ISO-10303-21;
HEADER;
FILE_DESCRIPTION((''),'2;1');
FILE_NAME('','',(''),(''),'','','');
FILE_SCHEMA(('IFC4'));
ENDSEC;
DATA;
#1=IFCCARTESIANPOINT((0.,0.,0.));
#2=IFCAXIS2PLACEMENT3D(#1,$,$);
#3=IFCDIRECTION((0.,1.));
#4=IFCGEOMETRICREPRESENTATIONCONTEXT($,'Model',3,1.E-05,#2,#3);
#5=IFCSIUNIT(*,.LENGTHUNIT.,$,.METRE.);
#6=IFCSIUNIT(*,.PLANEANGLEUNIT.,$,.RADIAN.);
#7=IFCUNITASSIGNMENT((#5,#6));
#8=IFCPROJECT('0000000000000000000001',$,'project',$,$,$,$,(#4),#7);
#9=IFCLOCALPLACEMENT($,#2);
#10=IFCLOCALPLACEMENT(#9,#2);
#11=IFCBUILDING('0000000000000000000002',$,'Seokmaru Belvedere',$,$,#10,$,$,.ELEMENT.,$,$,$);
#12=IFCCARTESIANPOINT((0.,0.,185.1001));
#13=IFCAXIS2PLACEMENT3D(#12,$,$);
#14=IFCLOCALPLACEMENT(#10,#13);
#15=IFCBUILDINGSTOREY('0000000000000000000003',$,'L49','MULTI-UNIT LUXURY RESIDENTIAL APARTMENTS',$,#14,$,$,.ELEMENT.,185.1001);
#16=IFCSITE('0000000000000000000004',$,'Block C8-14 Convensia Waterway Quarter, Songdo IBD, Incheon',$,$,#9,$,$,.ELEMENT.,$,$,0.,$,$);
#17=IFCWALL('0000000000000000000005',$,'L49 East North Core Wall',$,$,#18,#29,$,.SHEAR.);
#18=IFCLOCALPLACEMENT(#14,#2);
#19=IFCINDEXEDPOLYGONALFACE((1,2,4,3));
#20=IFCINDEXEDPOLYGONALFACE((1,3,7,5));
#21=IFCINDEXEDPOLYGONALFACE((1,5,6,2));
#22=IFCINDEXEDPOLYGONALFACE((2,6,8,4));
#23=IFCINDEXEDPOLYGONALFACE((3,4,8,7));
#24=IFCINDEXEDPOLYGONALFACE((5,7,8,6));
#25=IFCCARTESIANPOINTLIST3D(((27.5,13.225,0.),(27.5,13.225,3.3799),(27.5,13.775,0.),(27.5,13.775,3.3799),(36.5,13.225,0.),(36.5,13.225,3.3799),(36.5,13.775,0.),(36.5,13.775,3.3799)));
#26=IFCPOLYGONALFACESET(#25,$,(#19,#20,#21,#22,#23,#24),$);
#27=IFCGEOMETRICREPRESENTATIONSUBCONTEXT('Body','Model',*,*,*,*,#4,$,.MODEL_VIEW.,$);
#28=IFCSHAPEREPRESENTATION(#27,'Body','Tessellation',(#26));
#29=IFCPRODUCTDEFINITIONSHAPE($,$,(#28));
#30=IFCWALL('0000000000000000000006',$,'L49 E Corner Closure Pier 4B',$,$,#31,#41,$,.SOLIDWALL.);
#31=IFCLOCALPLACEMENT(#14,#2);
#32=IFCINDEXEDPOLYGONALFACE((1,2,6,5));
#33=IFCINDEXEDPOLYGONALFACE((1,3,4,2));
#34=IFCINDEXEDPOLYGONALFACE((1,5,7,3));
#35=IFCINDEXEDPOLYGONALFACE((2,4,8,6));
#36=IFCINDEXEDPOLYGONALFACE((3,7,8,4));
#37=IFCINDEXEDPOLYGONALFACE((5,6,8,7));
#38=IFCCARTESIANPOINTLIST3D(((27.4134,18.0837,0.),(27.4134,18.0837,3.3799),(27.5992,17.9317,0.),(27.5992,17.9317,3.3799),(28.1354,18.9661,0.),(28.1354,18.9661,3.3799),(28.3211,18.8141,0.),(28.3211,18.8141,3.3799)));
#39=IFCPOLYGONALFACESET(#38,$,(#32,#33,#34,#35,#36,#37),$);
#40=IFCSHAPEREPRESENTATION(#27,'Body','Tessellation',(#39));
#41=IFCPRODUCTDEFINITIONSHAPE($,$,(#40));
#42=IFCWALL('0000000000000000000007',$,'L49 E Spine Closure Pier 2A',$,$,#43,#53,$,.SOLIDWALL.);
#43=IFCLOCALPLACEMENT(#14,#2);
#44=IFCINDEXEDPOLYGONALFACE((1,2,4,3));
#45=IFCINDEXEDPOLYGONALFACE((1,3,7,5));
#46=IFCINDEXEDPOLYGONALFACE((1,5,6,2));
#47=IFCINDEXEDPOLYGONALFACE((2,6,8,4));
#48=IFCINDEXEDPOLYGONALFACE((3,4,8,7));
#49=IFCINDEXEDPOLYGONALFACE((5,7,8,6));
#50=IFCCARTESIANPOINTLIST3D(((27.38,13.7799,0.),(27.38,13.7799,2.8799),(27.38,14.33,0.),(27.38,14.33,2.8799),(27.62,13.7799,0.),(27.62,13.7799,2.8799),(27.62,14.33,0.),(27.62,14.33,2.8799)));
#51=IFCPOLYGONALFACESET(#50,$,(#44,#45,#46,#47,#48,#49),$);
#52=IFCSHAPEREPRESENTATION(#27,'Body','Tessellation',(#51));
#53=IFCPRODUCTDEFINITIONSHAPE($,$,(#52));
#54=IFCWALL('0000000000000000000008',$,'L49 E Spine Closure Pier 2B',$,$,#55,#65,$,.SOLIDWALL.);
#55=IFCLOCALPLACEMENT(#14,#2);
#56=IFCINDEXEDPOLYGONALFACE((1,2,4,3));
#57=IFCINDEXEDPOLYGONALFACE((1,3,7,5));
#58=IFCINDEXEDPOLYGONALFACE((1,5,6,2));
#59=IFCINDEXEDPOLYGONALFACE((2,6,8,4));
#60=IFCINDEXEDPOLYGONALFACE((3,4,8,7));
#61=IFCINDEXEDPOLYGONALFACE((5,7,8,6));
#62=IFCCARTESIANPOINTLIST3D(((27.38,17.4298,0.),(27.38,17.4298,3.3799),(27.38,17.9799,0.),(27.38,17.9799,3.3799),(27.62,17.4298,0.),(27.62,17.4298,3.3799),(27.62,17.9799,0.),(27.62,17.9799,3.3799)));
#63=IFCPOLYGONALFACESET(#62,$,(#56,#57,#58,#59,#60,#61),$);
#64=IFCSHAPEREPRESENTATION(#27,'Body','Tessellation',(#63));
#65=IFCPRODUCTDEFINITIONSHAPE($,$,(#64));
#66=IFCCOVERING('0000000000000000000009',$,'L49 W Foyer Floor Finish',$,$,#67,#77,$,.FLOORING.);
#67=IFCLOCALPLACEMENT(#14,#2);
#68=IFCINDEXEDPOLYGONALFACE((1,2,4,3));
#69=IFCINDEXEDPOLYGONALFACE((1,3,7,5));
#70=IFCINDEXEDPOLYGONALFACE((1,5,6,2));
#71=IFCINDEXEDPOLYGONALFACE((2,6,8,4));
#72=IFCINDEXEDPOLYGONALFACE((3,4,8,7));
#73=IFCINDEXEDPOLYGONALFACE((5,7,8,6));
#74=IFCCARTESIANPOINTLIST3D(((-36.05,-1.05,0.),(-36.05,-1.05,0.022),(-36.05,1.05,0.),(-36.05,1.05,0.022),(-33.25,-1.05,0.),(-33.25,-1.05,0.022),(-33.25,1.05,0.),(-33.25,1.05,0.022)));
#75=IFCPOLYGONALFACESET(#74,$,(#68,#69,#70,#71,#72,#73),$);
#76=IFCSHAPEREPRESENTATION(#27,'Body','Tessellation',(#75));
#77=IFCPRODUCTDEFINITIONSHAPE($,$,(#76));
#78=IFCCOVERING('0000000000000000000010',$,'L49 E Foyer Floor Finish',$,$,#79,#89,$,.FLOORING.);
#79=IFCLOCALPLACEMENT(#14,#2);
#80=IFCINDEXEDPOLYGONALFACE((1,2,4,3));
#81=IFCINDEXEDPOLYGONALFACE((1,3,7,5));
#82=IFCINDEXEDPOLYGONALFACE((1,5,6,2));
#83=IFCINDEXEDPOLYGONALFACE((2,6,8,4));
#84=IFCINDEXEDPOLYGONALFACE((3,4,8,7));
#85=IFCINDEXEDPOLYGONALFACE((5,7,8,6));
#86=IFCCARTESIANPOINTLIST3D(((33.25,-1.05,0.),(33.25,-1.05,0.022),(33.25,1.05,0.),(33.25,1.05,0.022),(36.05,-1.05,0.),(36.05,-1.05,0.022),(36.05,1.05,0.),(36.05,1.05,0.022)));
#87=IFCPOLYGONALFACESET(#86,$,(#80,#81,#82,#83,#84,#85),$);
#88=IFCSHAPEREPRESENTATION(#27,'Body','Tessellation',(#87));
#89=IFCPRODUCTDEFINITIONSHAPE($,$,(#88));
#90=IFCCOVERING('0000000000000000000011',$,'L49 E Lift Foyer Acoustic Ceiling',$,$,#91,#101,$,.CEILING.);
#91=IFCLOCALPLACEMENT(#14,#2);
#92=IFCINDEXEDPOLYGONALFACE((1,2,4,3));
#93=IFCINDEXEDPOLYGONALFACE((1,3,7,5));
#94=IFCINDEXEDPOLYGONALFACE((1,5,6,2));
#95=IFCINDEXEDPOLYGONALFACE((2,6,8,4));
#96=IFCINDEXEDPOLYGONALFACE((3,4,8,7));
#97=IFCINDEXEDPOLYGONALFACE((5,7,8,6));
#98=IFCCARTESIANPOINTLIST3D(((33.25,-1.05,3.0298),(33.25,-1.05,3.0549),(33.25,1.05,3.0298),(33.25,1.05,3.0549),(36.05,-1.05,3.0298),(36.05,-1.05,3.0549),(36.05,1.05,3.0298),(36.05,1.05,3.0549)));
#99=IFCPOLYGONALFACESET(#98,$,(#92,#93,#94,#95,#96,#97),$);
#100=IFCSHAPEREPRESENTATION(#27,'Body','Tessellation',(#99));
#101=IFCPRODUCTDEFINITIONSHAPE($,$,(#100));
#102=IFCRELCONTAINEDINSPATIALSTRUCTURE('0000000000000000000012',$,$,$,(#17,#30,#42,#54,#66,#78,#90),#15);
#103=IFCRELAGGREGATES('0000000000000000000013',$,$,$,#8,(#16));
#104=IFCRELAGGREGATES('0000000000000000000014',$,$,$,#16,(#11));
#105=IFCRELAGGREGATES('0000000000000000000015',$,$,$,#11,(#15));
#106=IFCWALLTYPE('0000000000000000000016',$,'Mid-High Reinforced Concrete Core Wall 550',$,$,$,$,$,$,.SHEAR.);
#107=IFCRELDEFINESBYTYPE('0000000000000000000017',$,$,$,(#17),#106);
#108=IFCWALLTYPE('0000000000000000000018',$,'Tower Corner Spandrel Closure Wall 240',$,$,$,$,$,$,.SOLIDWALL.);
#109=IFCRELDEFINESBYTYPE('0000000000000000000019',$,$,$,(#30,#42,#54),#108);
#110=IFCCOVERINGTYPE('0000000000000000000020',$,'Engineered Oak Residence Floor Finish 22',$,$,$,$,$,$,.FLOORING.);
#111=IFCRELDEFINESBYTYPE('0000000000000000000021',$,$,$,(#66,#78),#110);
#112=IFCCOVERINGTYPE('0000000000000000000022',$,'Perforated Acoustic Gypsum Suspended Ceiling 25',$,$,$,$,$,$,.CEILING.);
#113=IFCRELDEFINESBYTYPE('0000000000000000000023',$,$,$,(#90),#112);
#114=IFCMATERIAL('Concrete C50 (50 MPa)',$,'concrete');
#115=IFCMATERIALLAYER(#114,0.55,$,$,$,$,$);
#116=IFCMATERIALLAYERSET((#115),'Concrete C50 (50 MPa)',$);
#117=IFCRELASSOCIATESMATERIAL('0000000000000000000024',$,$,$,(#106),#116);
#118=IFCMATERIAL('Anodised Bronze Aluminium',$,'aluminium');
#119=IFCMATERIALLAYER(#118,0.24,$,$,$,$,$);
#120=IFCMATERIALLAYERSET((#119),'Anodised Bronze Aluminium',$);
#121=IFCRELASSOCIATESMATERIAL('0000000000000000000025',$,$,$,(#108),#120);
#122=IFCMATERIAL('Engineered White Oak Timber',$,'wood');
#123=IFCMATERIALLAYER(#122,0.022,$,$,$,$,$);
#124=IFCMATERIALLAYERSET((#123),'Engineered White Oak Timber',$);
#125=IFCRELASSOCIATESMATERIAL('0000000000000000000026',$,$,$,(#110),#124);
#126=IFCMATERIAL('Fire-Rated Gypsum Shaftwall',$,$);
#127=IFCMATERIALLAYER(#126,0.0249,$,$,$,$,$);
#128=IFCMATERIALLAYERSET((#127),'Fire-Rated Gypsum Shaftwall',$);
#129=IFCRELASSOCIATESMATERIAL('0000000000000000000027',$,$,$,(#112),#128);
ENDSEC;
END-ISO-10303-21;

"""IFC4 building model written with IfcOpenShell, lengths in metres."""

from ifc_helpers import new_model, si_unit, direction, frame, frame_2d, origin, place, context, subcontext, project, spatial, polyline, rectangle, outline, extrude, material, layer, layer_set, type_object, element, save


model = new_model("IFC4")

# Units and contexts
model_context = context("Model", 3, precision=1e-05, world=origin(), true_north=direction((0.0, 1.0)))
body_context = subcontext(model_context, "Body", "Model", "MODEL_VIEW")
ifc_project = project(units=[si_unit("LENGTHUNIT", "METRE"), si_unit("PLANEANGLEUNIT", "RADIAN")], contexts=[model_context])

# Site, building, storey
site_placement = place(None, origin())
site = spatial("IfcSite", under=ifc_project, at=site_placement, Name="Block C8-14 Convensia Waterway Quarter, Songdo IBD, Incheon", CompositionType="ELEMENT", RefElevation=0.0)
building_placement = place(site_placement, origin())
building = spatial("IfcBuilding", under=site, at=building_placement, Name="Seokmaru Belvedere", CompositionType="ELEMENT")
storey_placement = place(building_placement, frame((0.0, 0.0, 185.1001)))
storey = spatial("IfcBuildingStorey", under=building, at=storey_placement, Name="L49", Description="MULTI-UNIT LUXURY RESIDENTIAL APARTMENTS", CompositionType="ELEMENT", Elevation=185.1001)

# Shared definitions
ifc_material_1 = material(Name="Anodised Bronze Aluminium", Category="aluminium")

# Shared definitions
ifc_material_2 = material(Name="Concrete C50 (50 MPa)", Category="concrete")
ifc_material_3 = material(Name="Fire-Rated Gypsum Shaftwall")

# Walls
ifc_layer_1 = layer(ifc_material_2, 0.55)
ifc_layer_set_1 = layer_set([ifc_layer_1], Name="Concrete C50 (50 MPa)")
wall_type_1 = type_object("IfcWallType", Name="Mid-High Reinforced Concrete Core Wall 550", PredefinedType="SHEAR", material=ifc_layer_set_1)
wall_1_placement = place(storey_placement, frame((27.5, 13.5, 0.0), z_axis=(0.0, 0.0, 1.0), x_axis=(1.0, 0.0, 0.0)))
element("IfcWall", 1, at=wall_1_placement, inside=storey, type_object=wall_type_1, Name="L49 East North Core Wall", PredefinedType="SHEAR", context=body_context, shape_type="SweptSolid", body=[
    extrude(rectangle(XDim=9.0, YDim=0.55, at=frame_2d((4.5, 0.0))), origin(), (0.0, 0.0, 1.0), 3.3799),
])
ifc_layer_2 = layer(ifc_material_1, 0.24)
ifc_layer_set_2 = layer_set([ifc_layer_2], Name="Anodised Bronze Aluminium")
wall_type_2 = type_object("IfcWallType", Name="Tower Corner Spandrel Closure Wall 240", PredefinedType="SOLIDWALL", material=ifc_layer_set_2)
wall_2_placement = place(storey_placement, frame((28.2283, 18.8901, 0.0), z_axis=(0.0, 0.0, 1.0), x_axis=(-0.633249, -0.773948, 0.0)))
element("IfcWall", 2, at=wall_2_placement, inside=storey, type_object=wall_type_2, Name="L49 E Corner Closure Pier 4B", PredefinedType="SOLIDWALL", context=body_context, shape_type="SweptSolid", body=[
    extrude(rectangle(XDim=1.1401, YDim=0.24, at=frame_2d((0.5701, 0.0))), origin(), (0.0, 0.0, 1.0), 3.3799),
])
wall_3_placement = place(storey_placement, frame((27.5, 13.78, 0.0), z_axis=(0.0, 0.0, 1.0), x_axis=(0.0, 1.0, 0.0)))
element("IfcWall", 3, at=wall_3_placement, inside=storey, type_object=wall_type_2, Name="L49 E Spine Closure Pier 2A", PredefinedType="SOLIDWALL", context=body_context, shape_type="SweptSolid", body=[
    extrude(rectangle(XDim=0.55, YDim=0.24, at=frame_2d((0.2749, 0.0))), origin(), (0.0, 0.0, 1.0), 2.8799),
])
wall_4_placement = place(storey_placement, frame((27.5, 17.4299, 0.0), z_axis=(0.0, 0.0, 1.0), x_axis=(0.0, 1.0, 0.0)))
element("IfcWall", 4, at=wall_4_placement, inside=storey, type_object=wall_type_2, Name="L49 E Spine Closure Pier 2B", PredefinedType="SOLIDWALL", context=body_context, shape_type="SweptSolid", body=[
    extrude(rectangle(XDim=0.55, YDim=0.24, at=frame_2d((0.2749, 0.0))), origin(), (0.0, 0.0, 1.0), 3.3799),
])

# Coverings
ifc_material_4 = material(Name="Engineered White Oak Timber", Category="wood")
ifc_layer_3 = layer(ifc_material_4, 0.022)
ifc_layer_set_3 = layer_set([ifc_layer_3], Name="Engineered White Oak Timber")
covering_type_1 = type_object("IfcCoveringType", Name="Engineered Oak Residence Floor Finish 22", PredefinedType="FLOORING", material=ifc_layer_set_3)
covering_1_placement = place(storey_placement, origin())
element("IfcCovering", 5, at=covering_1_placement, inside=storey, type_object=covering_type_1, Name="L49 W Foyer Floor Finish", PredefinedType="FLOORING", context=body_context, shape_type="SweptSolid", body=[
    extrude(outline(polyline([(-36.05, -1.05), (-33.25, -1.05), (-33.25, 1.05), (-36.05, 1.05), (-36.05, -1.05)])), origin(), (0.0, 0.0, 1.0), 0.022),
])
covering_2_placement = place(storey_placement, origin())
element("IfcCovering", 6, at=covering_2_placement, inside=storey, type_object=covering_type_1, Name="L49 E Foyer Floor Finish", PredefinedType="FLOORING", context=body_context, shape_type="SweptSolid", body=[
    extrude(outline(polyline([(33.25, -1.05), (36.05, -1.05), (36.05, 1.05), (33.25, 1.05), (33.25, -1.05)])), origin(), (0.0, 0.0, 1.0), 0.022),
])
ifc_layer_4 = layer(ifc_material_3, 0.0249)
ifc_layer_set_4 = layer_set([ifc_layer_4], Name="Fire-Rated Gypsum Shaftwall")
covering_type_2 = type_object("IfcCoveringType", Name="Perforated Acoustic Gypsum Suspended Ceiling 25", PredefinedType="CEILING", material=ifc_layer_set_4)
covering_3_placement = place(storey_placement, frame((0.0, 0.0, 3.0298)))
element("IfcCovering", 7, at=covering_3_placement, inside=storey, type_object=covering_type_2, Name="L49 E Lift Foyer Acoustic Ceiling", PredefinedType="CEILING", context=body_context, shape_type="SweptSolid", body=[
    extrude(outline(polyline([(33.25, -1.05), (36.05, -1.05), (36.05, 1.05), (33.25, 1.05), (33.25, -1.05)])), origin(), (0.0, 0.0, 1.0), 0.0251),
])

save(model, "model.ifc")
